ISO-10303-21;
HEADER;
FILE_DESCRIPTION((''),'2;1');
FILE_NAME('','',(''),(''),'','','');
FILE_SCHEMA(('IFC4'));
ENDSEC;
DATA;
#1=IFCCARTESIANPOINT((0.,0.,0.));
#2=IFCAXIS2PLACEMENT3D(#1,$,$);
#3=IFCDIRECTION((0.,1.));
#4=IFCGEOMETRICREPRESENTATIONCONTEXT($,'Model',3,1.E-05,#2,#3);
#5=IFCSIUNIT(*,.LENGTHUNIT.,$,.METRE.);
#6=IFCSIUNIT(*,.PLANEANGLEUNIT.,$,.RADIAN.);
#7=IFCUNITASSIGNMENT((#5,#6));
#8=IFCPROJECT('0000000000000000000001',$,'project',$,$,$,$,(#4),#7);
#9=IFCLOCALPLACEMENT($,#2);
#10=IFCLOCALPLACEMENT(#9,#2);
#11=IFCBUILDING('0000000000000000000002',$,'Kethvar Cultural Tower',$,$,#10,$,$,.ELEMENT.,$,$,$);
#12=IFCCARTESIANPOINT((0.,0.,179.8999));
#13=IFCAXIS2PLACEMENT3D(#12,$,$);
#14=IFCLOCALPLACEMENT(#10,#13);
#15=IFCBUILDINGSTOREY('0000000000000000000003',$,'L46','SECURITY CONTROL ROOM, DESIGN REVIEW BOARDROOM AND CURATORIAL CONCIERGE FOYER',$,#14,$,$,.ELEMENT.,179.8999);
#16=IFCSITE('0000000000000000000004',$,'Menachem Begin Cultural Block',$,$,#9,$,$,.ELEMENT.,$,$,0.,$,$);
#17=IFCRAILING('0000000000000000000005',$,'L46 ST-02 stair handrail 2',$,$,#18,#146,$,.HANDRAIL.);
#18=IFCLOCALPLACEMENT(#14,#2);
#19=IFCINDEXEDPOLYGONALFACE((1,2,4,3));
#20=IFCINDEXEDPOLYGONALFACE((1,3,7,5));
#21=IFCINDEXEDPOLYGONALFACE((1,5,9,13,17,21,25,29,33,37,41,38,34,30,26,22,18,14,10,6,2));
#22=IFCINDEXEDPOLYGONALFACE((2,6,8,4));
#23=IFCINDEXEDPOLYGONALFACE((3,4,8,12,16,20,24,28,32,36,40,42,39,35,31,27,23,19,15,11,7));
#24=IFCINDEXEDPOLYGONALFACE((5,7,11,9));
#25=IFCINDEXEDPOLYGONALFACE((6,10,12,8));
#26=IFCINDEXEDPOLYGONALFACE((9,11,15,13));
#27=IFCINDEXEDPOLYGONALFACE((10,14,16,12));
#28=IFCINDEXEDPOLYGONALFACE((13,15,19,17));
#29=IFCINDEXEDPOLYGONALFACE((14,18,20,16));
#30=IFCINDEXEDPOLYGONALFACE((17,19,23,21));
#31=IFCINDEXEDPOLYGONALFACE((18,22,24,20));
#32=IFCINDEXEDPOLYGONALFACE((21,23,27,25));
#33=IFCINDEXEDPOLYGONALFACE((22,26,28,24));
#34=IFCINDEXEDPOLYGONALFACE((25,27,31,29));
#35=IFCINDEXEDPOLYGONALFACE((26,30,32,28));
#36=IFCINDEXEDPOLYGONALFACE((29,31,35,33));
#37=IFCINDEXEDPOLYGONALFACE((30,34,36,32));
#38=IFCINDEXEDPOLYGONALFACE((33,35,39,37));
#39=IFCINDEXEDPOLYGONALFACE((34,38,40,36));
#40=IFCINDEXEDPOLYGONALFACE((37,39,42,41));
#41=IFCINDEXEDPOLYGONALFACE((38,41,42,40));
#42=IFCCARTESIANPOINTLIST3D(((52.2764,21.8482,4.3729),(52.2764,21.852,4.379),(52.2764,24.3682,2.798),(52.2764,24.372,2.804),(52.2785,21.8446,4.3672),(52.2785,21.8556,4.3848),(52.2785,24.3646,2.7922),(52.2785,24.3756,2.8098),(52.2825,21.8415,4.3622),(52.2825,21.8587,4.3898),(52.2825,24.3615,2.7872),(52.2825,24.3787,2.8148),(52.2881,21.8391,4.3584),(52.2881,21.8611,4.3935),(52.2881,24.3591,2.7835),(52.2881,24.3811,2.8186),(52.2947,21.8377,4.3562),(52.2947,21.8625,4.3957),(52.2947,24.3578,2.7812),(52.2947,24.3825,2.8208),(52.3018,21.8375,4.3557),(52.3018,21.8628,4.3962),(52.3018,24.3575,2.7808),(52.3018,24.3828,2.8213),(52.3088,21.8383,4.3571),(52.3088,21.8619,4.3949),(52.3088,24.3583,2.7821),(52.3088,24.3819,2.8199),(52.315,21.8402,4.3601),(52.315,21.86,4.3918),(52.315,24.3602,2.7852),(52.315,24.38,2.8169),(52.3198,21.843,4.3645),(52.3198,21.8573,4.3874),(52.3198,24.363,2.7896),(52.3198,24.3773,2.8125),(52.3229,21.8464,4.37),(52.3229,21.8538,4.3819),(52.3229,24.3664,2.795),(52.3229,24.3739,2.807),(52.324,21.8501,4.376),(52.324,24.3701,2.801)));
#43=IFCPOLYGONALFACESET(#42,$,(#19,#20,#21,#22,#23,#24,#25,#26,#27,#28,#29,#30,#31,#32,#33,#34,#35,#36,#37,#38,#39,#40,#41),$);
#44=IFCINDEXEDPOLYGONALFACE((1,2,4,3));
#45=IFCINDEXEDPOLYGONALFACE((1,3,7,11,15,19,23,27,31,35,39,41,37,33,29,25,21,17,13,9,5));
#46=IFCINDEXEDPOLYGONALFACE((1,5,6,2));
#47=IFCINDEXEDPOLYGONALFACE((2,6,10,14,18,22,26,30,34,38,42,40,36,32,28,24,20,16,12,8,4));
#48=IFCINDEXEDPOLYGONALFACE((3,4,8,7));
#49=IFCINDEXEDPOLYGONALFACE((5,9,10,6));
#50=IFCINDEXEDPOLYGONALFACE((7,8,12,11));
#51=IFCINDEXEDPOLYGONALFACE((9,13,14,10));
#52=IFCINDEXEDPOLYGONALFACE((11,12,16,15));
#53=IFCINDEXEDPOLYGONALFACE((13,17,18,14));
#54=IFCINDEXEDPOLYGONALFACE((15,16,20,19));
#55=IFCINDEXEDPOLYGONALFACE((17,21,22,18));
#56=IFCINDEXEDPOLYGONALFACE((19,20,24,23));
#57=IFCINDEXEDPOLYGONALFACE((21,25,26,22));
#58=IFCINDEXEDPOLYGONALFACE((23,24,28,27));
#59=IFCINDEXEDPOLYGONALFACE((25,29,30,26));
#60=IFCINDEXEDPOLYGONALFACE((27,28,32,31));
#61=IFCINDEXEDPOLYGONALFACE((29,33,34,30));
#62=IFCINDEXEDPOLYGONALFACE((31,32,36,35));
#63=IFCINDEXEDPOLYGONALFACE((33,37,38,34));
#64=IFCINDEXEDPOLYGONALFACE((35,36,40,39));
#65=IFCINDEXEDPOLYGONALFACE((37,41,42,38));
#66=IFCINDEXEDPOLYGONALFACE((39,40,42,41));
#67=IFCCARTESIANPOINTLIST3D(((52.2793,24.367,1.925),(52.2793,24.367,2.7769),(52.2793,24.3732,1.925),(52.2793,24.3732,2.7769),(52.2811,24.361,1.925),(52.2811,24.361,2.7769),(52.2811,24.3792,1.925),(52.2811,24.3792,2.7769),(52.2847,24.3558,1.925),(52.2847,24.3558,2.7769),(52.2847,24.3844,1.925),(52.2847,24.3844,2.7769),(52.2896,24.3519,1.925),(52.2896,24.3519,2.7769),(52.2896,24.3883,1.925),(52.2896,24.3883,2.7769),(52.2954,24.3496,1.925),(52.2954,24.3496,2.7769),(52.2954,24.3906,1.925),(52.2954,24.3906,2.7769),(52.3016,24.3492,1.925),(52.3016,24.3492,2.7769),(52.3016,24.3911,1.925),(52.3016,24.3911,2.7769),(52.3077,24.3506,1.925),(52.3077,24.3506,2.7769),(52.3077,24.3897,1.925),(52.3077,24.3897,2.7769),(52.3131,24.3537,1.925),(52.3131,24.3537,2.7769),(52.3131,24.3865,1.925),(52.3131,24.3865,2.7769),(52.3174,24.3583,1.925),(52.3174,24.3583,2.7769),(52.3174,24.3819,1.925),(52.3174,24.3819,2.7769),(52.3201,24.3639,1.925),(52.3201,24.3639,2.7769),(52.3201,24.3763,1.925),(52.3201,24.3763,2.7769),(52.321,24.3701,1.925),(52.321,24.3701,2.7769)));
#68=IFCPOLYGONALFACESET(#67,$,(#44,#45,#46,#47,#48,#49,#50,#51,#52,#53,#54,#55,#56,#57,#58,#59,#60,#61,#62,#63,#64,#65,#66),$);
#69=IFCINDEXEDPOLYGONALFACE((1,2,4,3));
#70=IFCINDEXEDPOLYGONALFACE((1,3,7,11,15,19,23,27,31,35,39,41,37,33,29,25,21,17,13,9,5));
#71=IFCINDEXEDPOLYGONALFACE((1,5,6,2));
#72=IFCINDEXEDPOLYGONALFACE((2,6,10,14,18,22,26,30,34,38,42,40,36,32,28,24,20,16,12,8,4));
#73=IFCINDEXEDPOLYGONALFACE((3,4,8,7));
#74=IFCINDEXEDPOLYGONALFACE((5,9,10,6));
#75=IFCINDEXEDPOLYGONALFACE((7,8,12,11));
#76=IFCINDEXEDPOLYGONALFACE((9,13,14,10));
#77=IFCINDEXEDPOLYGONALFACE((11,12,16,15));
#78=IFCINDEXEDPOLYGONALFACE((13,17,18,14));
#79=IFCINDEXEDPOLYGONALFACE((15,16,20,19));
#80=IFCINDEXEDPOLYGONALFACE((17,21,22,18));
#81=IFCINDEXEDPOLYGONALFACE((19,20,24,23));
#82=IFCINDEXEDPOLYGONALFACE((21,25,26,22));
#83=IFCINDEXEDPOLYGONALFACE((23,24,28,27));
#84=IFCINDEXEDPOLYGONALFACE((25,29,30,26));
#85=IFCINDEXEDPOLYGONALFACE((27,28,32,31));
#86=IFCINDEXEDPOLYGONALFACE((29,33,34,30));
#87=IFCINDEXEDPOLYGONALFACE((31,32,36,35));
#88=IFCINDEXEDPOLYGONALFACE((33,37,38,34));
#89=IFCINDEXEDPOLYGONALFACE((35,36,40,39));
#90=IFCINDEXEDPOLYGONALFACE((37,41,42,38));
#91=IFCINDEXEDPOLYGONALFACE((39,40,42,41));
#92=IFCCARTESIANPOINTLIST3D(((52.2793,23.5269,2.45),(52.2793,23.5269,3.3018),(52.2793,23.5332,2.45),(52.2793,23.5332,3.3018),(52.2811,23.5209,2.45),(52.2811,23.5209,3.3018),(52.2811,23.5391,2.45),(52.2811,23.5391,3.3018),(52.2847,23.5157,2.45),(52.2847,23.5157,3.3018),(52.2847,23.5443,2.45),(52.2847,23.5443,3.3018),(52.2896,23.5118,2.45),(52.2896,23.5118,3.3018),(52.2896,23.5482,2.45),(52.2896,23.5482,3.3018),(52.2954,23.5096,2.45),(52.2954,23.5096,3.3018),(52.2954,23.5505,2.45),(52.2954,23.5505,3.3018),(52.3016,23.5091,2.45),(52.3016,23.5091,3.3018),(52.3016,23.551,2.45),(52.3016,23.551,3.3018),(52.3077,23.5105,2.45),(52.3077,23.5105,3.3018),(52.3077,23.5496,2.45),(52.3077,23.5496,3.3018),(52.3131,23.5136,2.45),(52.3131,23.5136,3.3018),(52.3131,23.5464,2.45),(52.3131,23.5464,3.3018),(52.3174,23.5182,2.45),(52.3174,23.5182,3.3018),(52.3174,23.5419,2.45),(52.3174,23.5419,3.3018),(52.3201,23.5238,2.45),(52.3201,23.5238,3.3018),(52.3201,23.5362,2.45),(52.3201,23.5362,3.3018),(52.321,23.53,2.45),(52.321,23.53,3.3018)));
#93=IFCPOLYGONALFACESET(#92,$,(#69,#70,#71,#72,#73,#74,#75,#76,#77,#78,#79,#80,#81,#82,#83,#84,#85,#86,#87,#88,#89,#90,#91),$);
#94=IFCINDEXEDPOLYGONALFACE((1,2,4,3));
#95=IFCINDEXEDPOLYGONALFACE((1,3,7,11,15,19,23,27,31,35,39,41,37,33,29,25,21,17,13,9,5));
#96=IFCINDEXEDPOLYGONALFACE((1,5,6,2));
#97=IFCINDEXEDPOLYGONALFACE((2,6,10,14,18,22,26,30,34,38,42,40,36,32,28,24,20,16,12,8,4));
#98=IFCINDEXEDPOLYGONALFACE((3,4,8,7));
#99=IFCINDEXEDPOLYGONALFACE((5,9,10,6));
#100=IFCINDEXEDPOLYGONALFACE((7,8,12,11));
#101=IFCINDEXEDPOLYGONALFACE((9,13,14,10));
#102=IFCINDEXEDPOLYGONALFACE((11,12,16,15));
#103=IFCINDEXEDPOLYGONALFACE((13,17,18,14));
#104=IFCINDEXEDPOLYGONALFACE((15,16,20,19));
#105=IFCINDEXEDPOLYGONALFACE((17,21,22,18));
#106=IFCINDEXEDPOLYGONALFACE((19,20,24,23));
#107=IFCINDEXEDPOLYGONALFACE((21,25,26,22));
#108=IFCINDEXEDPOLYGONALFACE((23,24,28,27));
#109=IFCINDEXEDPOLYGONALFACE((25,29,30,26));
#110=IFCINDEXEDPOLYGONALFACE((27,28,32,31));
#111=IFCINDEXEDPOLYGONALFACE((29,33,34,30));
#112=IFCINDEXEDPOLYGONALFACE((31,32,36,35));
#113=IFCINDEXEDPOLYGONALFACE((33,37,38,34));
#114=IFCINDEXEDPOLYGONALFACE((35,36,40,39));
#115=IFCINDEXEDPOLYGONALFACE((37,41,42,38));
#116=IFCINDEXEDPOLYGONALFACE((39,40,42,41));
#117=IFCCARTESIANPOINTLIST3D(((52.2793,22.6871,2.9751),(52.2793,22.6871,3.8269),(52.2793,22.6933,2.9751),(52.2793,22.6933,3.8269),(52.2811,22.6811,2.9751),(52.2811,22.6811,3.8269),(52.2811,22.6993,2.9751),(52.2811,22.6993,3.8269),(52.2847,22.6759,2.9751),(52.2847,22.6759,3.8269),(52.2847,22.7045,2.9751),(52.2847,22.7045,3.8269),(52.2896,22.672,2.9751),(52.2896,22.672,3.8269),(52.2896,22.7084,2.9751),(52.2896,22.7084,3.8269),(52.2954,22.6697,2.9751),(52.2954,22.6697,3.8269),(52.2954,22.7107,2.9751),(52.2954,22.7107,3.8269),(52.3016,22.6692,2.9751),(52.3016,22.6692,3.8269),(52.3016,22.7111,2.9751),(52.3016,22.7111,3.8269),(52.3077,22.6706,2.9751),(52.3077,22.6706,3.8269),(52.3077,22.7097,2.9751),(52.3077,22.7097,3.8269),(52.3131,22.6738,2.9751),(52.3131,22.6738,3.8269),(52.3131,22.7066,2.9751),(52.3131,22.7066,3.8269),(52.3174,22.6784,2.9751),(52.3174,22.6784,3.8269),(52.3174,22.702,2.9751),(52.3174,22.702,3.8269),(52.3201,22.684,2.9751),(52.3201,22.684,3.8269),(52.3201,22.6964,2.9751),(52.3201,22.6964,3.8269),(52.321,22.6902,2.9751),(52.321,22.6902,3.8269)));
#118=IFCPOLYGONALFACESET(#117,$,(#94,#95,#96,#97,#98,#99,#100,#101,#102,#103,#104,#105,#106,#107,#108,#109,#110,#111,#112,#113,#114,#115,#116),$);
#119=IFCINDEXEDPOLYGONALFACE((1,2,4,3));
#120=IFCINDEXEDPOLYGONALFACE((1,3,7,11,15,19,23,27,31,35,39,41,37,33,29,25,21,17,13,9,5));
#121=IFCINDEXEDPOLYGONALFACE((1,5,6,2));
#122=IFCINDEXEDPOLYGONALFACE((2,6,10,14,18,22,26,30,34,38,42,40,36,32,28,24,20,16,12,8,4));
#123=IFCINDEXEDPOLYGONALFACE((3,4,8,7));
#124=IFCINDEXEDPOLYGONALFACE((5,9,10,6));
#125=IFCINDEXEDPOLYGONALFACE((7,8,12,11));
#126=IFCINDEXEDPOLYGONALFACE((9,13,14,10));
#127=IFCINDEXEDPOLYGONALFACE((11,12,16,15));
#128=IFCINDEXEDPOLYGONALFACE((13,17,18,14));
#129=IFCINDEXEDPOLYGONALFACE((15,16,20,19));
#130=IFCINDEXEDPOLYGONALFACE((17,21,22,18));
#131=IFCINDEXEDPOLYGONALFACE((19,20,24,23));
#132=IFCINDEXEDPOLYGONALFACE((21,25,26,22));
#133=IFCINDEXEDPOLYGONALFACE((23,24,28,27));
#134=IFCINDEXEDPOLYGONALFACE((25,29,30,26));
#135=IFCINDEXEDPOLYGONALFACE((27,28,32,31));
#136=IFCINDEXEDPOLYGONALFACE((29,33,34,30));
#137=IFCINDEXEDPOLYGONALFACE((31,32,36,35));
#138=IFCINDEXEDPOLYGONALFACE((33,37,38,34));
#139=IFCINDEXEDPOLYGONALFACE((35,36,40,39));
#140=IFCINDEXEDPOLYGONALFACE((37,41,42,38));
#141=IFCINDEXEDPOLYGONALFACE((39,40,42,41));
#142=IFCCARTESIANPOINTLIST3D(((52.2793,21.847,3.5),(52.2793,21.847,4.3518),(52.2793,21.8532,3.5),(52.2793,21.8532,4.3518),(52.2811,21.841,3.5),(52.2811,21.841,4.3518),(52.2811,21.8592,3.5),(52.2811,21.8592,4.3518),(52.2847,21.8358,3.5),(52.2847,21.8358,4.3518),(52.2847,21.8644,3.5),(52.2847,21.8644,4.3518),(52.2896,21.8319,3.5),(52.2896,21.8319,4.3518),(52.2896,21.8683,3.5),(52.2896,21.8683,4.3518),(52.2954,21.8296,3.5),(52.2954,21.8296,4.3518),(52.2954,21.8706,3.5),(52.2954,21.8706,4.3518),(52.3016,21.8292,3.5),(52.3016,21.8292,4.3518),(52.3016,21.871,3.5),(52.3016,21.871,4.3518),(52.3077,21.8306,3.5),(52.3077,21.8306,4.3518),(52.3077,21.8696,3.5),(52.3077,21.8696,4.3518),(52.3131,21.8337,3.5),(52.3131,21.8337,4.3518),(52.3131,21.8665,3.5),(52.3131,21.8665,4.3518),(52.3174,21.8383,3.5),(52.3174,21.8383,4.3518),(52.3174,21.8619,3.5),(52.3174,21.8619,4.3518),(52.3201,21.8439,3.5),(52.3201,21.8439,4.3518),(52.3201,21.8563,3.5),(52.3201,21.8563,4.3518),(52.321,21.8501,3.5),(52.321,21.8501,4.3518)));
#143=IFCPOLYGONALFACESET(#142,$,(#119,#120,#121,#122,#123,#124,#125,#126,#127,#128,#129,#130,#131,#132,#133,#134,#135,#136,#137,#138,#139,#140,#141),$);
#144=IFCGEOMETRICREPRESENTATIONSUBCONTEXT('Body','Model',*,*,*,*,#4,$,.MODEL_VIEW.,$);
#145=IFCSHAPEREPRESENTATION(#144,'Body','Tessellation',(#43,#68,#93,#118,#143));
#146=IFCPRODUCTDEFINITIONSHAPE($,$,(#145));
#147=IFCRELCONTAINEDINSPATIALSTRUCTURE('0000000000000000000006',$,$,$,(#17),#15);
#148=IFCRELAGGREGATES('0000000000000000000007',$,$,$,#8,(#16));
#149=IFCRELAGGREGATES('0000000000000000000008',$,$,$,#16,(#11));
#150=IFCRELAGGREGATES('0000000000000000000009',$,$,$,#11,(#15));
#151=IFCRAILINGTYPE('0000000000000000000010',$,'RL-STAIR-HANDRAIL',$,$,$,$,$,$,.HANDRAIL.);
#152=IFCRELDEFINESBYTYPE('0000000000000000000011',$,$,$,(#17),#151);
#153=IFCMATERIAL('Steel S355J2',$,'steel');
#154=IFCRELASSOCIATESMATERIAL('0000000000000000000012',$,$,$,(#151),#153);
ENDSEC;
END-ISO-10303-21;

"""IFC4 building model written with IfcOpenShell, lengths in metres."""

from ifc_helpers import new_model, si_unit, direction, frame, origin, origin_2d, place, context, subcontext, project, spatial, circle, extrude, material, type_object, element, save


model = new_model("IFC4")

# Units and contexts
model_context = context("Model", 3, precision=1e-05, world=origin(), true_north=direction((0.0, 1.0)))
body_context = subcontext(model_context, "Body", "Model", "MODEL_VIEW")
ifc_project = project(units=[si_unit("LENGTHUNIT", "METRE"), si_unit("PLANEANGLEUNIT", "RADIAN")], contexts=[model_context])

# Site, building, storey
site_placement = place(None, origin())
site = spatial("IfcSite", under=ifc_project, at=site_placement, Name="Menachem Begin Cultural Block", CompositionType="ELEMENT", RefElevation=0.0)
building_placement = place(site_placement, origin())
building = spatial("IfcBuilding", under=site, at=building_placement, Name="Kethvar Cultural Tower", CompositionType="ELEMENT")
storey_placement = place(building_placement, frame((0.0, 0.0, 179.8999)))
storey = spatial("IfcBuildingStorey", under=building, at=storey_placement, Name="L46", Description="SECURITY CONTROL ROOM, DESIGN REVIEW BOARDROOM AND CURATORIAL CONCIERGE FOYER", CompositionType="ELEMENT", Elevation=179.8999)

# Shared definitions
ifc_material_1 = material(Name="Steel S355J2", Category="steel")

# Railing
railing_type_1 = type_object("IfcRailingType", Name="RL-STAIR-HANDRAIL", PredefinedType="HANDRAIL", material=ifc_material_1)
railing_1_placement = place(storey_placement, frame((52.3, 24.3701, 1.925)))
element("IfcRailing", 1, at=railing_1_placement, inside=storey, type_object=railing_type_1, Name="L46 ST-02 stair handrail 2", PredefinedType="HANDRAIL", context=body_context, shape_type="SweptSolid", body=[
    extrude(circle(Radius=0.0239, at=origin_2d()), frame((0.0, 0.0, 0.876), z_axis=(0.0, -0.848008, 0.529984), x_axis=(1.0, 0.0, 0.0)), (0.0, 0.0, 1.0), 2.9717),
    extrude(circle(Radius=0.021, at=origin_2d()), origin(), (0.0, 0.0, 1.0), 0.8518),
    extrude(circle(Radius=0.021, at=origin_2d()), frame((0.0, -0.8401, 0.5249)), (0.0, 0.0, 1.0), 0.8518),
    extrude(circle(Radius=0.021, at=origin_2d()), frame((0.0, -1.6799, 1.05)), (0.0, 0.0, 1.0), 0.8518),
    extrude(circle(Radius=0.021, at=origin_2d()), frame((0.0, -2.52, 1.575)), (0.0, 0.0, 1.0), 0.8518),
])

save(model, "model.ifc")
